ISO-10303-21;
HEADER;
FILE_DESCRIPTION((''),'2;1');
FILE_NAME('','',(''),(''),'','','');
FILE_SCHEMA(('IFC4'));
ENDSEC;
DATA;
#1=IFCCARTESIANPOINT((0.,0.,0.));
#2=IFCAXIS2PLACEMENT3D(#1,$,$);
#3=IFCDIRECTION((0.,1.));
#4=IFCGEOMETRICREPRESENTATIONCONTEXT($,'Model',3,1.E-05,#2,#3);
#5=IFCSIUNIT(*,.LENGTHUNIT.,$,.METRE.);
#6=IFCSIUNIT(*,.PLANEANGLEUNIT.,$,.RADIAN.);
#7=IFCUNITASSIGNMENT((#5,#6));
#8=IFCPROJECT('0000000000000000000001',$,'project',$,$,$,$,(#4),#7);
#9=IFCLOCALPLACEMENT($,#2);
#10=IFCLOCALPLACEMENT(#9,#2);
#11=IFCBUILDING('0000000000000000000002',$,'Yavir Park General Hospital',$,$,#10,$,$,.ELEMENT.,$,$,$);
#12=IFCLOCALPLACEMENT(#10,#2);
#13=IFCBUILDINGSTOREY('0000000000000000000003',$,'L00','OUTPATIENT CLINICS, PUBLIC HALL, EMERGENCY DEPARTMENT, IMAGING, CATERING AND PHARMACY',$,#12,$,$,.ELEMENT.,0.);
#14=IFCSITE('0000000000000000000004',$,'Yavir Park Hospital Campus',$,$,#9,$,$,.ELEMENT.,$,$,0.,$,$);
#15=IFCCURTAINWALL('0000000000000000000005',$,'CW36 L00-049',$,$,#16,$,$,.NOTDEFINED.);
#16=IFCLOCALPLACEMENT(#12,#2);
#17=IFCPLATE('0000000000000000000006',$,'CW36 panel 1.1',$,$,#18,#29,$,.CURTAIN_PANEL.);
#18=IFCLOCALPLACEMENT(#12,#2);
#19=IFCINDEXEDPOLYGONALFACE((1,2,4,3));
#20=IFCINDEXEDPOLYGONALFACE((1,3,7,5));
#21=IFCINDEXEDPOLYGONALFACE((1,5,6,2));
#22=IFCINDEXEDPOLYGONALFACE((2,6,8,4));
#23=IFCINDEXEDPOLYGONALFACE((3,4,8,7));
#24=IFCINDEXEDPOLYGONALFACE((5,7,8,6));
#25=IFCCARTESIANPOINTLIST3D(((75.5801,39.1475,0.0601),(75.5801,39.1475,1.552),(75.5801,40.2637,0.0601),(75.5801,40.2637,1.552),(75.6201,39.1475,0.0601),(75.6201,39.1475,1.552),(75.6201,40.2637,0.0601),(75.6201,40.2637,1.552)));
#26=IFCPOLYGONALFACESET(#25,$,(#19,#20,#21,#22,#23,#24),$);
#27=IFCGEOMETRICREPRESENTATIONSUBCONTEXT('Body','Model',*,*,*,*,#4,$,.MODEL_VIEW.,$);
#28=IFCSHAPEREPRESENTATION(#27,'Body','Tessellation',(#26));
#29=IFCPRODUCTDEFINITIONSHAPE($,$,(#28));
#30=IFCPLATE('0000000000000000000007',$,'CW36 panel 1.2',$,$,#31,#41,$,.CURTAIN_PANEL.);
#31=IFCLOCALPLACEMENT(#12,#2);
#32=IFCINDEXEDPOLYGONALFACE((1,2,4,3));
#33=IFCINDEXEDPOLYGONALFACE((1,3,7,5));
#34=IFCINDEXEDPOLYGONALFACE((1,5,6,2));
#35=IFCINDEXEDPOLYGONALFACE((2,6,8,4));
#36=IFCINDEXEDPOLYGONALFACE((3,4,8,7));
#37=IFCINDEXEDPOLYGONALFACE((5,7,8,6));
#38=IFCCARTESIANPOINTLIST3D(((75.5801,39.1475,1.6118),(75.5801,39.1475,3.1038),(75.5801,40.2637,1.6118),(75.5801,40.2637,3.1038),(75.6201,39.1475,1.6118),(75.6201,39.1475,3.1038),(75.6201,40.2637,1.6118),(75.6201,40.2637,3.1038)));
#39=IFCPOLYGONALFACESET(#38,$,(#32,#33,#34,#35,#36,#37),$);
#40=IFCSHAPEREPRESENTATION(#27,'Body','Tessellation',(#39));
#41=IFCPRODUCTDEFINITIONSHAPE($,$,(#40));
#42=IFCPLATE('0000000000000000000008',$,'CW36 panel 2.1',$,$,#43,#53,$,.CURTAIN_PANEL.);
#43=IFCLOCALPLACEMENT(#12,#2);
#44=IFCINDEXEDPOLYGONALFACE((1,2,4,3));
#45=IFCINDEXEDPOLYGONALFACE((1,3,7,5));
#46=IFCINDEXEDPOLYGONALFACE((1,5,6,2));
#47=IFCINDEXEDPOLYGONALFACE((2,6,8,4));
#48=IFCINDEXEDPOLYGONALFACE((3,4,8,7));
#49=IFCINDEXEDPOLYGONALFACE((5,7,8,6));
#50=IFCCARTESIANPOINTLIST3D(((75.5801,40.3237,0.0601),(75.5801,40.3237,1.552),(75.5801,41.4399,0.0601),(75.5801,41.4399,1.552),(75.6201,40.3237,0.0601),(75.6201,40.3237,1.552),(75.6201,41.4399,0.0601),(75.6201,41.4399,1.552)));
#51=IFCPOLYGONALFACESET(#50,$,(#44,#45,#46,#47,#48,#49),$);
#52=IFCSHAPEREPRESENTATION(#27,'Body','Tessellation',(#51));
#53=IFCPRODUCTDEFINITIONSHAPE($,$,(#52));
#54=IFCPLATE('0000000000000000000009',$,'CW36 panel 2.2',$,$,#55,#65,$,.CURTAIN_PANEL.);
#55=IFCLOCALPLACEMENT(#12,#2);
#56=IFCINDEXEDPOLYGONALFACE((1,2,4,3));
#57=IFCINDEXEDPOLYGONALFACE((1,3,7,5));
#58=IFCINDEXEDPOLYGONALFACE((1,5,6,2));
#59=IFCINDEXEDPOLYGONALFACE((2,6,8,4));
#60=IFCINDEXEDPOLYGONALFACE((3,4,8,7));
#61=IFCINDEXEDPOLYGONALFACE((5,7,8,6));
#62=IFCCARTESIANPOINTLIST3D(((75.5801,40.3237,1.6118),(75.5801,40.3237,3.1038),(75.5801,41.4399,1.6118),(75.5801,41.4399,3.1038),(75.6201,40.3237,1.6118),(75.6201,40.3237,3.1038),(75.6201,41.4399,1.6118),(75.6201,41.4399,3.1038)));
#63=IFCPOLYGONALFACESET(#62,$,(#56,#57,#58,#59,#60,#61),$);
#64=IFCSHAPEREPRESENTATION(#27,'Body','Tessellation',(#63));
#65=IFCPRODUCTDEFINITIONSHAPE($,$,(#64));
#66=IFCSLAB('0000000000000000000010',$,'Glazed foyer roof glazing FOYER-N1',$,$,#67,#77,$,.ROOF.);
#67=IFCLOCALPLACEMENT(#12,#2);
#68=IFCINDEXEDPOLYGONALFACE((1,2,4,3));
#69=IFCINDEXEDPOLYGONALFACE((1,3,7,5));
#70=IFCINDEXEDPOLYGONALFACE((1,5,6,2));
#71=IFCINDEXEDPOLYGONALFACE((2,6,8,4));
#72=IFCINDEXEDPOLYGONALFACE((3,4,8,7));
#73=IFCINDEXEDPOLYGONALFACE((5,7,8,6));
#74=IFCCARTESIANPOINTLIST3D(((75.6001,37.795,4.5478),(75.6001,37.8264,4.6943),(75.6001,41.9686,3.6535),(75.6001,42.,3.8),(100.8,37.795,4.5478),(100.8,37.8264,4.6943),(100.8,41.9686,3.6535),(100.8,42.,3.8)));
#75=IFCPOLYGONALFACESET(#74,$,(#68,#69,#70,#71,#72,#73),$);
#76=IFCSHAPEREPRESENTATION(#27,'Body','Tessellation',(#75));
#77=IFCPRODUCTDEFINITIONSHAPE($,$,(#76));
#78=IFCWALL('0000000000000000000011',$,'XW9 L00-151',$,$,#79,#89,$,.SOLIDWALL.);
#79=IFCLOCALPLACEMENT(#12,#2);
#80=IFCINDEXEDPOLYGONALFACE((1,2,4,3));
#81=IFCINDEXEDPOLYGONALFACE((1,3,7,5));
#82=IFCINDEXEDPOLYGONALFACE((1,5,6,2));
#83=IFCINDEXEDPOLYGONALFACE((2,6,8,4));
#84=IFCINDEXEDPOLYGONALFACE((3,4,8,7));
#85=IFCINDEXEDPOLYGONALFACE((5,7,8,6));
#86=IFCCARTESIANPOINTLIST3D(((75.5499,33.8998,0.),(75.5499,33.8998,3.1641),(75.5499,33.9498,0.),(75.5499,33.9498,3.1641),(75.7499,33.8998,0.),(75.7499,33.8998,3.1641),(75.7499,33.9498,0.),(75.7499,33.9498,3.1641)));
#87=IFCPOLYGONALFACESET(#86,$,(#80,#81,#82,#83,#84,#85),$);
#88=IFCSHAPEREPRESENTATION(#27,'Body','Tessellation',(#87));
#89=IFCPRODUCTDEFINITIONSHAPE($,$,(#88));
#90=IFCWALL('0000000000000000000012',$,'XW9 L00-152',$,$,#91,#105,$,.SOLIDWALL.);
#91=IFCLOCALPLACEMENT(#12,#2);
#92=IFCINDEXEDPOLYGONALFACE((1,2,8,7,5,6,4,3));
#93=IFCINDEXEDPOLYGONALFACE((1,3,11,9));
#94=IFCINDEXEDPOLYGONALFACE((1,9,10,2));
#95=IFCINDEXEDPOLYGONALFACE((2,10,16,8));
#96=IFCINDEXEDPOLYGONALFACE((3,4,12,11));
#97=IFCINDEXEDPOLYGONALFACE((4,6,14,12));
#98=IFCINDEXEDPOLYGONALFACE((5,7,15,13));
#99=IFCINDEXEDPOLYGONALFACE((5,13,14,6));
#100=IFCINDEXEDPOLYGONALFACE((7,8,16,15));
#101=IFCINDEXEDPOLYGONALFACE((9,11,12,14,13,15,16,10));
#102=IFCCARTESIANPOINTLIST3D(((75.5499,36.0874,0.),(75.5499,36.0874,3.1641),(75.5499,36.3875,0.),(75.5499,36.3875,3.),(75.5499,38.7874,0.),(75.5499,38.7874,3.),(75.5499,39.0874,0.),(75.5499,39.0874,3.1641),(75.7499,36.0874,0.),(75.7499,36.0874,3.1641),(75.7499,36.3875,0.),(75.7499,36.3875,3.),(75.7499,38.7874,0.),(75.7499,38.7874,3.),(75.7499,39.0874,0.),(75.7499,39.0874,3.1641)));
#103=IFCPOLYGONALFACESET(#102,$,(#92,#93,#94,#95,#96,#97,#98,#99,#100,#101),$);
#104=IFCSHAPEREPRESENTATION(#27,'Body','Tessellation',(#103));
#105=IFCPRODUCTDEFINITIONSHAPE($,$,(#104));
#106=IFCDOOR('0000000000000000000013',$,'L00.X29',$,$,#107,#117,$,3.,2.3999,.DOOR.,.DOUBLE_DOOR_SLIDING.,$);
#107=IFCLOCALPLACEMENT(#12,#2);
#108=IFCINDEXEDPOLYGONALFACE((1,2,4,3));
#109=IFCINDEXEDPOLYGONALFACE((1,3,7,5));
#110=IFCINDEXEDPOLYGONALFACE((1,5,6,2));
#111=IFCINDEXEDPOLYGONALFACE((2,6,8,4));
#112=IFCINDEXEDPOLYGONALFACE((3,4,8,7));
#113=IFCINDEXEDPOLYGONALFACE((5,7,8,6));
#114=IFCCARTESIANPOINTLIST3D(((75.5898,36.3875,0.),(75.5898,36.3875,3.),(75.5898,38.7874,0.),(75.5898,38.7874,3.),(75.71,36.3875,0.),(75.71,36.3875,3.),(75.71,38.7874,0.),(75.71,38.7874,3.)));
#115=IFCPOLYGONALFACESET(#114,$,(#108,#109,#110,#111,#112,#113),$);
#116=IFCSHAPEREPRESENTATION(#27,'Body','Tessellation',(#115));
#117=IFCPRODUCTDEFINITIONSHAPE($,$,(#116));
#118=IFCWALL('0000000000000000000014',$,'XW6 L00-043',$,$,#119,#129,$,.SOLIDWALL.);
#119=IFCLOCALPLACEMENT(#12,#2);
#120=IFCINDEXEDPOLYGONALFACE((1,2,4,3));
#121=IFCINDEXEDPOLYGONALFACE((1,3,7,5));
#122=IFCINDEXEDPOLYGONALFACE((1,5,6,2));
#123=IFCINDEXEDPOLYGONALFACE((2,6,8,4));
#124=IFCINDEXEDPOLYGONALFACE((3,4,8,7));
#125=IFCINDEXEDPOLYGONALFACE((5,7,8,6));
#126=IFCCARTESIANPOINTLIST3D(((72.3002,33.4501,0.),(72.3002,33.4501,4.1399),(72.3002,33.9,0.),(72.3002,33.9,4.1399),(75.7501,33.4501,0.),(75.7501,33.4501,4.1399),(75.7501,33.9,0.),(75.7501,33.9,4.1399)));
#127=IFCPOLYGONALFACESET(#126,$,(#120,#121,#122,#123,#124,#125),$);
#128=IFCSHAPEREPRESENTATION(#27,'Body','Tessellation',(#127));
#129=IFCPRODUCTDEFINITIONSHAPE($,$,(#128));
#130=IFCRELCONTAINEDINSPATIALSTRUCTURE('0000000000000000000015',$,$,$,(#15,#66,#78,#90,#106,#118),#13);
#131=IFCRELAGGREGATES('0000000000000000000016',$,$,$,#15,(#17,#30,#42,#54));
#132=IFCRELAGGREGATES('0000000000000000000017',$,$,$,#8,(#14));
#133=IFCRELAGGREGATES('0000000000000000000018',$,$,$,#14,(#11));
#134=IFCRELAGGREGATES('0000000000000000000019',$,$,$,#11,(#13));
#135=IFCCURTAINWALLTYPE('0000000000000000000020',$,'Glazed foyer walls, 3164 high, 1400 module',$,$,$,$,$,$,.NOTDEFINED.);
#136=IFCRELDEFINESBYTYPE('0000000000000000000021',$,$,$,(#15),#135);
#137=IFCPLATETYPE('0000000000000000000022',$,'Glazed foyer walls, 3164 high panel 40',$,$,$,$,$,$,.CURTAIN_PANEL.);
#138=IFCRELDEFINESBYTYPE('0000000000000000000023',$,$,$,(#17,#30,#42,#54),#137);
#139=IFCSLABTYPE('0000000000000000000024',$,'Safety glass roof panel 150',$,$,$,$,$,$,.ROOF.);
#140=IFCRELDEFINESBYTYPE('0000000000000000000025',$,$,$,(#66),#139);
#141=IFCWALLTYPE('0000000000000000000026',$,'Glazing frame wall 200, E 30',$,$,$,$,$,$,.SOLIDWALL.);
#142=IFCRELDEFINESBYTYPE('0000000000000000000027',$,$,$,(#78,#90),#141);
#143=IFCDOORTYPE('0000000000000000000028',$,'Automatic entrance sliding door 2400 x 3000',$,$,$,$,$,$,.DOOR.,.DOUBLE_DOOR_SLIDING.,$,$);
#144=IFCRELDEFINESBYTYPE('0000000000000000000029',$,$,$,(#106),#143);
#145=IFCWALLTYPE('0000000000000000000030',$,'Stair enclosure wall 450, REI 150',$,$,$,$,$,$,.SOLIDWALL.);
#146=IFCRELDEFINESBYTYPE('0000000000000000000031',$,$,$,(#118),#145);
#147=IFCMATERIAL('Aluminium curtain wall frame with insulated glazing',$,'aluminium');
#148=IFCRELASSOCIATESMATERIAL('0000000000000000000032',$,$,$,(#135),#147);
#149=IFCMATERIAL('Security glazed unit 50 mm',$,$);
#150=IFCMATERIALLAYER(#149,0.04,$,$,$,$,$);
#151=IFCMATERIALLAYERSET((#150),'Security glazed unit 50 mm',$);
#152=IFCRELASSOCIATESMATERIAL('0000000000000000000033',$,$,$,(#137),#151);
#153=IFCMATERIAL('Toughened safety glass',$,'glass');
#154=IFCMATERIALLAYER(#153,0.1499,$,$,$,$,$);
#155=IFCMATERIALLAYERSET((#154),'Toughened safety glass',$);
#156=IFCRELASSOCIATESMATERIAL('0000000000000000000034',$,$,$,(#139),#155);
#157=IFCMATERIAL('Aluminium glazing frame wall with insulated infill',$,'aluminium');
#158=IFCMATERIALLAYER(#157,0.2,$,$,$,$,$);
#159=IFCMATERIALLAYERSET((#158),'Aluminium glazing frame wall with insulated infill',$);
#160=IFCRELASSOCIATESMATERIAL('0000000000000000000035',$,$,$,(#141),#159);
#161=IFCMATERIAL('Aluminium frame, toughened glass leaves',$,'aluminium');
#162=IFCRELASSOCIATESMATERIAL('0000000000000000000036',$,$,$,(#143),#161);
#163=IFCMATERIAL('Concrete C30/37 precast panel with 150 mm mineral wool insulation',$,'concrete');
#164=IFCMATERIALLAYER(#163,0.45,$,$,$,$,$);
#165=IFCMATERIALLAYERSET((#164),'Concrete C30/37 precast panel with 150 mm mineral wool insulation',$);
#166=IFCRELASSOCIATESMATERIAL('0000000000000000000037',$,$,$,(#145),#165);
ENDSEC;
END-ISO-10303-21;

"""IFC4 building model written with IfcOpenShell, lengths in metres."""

from ifc_helpers import new_model, si_unit, direction, frame, frame_2d, origin, origin_2d, place, context, subcontext, project, spatial, polyline, rectangle, outline, extrude, material, layer, layer_set, type_object, element, fill, aggregate, save


model = new_model("IFC4")

# Units and contexts
model_context = context("Model", 3, precision=1e-05, world=origin(), true_north=direction((0.0, 1.0)))
body_context = subcontext(model_context, "Body", "Model", "MODEL_VIEW")
ifc_project = project(units=[si_unit("LENGTHUNIT", "METRE"), si_unit("PLANEANGLEUNIT", "RADIAN")], contexts=[model_context])

# Site, building, storey
site_placement = place(None, origin())
site = spatial("IfcSite", under=ifc_project, at=site_placement, Name="Yavir Park Hospital Campus", CompositionType="ELEMENT", RefElevation=0.0)
building_placement = place(site_placement, origin())
building = spatial("IfcBuilding", under=site, at=building_placement, Name="Yavir Park General Hospital", CompositionType="ELEMENT")
storey_placement = place(building_placement, origin())
storey = spatial("IfcBuildingStorey", under=building, at=storey_placement, Name="L00", Description="OUTPATIENT CLINICS, PUBLIC HALL, EMERGENCY DEPARTMENT, IMAGING, CATERING AND PHARMACY", CompositionType="ELEMENT", Elevation=0.0)

# Curtain wall
ifc_material_1 = material(Name="Aluminium curtain wall frame with insulated glazing", Category="aluminium")
curtain_wall_type = type_object("IfcCurtainWallType", Name="Glazed foyer walls, 3164 high, 1400 module", PredefinedType="NOTDEFINED", material=ifc_material_1)
curtain_wall_1_placement = place(storey_placement, origin())
curtain_wall_1 = element("IfcCurtainWall", 1, at=curtain_wall_1_placement, inside=storey, type_object=curtain_wall_type, Name="CW36 L00-049", PredefinedType="NOTDEFINED")

# Plates
ifc_material_2 = material(Name="Security glazed unit 50 mm")
ifc_layer_1 = layer(ifc_material_2, 0.04)
ifc_layer_set_1 = layer_set([ifc_layer_1], Name="Security glazed unit 50 mm")
plate_type = type_object("IfcPlateType", Name="Glazed foyer walls, 3164 high panel 40", PredefinedType="CURTAIN_PANEL", material=ifc_layer_set_1)
plate_1_placement = place(storey_placement, frame((75.6001, 39.7056, 0.0601), z_axis=(0.0, 0.0, 1.0), x_axis=(0.0, 1.0, 0.0)))
plate_1 = element("IfcPlate", 2, at=plate_1_placement, type_object=plate_type, Name="CW36 panel 1.1", PredefinedType="CURTAIN_PANEL", context=body_context, shape_type="SweptSolid", body=[
    extrude(rectangle(XDim=1.1162, YDim=0.04, at=origin_2d()), origin(), (0.0, 0.0, 1.0), 1.4919),
])
plate_2_placement = place(storey_placement, frame((75.6001, 39.7056, 1.6118), z_axis=(0.0, 0.0, 1.0), x_axis=(0.0, 1.0, 0.0)))
plate_2 = element("IfcPlate", 3, at=plate_2_placement, type_object=plate_type, Name="CW36 panel 1.2", PredefinedType="CURTAIN_PANEL", context=body_context, shape_type="SweptSolid", body=[
    extrude(rectangle(XDim=1.1162, YDim=0.04, at=origin_2d()), origin(), (0.0, 0.0, 1.0), 1.4919),
])
plate_3_placement = place(storey_placement, frame((75.6001, 40.8818, 0.0601), z_axis=(0.0, 0.0, 1.0), x_axis=(0.0, 1.0, 0.0)))
plate_3 = element("IfcPlate", 4, at=plate_3_placement, type_object=plate_type, Name="CW36 panel 2.1", PredefinedType="CURTAIN_PANEL", context=body_context, shape_type="SweptSolid", body=[
    extrude(rectangle(XDim=1.1162, YDim=0.04, at=origin_2d()), origin(), (0.0, 0.0, 1.0), 1.4919),
])
plate_4_placement = place(storey_placement, frame((75.6001, 40.8818, 1.6118), z_axis=(0.0, 0.0, 1.0), x_axis=(0.0, 1.0, 0.0)))
plate_4 = element("IfcPlate", 5, at=plate_4_placement, type_object=plate_type, Name="CW36 panel 2.2", PredefinedType="CURTAIN_PANEL", context=body_context, shape_type="SweptSolid", body=[
    extrude(rectangle(XDim=1.1162, YDim=0.04, at=origin_2d()), origin(), (0.0, 0.0, 1.0), 1.4919),
])
aggregate(curtain_wall_1, [plate_1, plate_2, plate_3, plate_4])

# Slab
ifc_material_3 = material(Name="Toughened safety glass", Category="glass")
ifc_layer_2 = layer(ifc_material_3, 0.1499)
ifc_layer_set_2 = layer_set([ifc_layer_2], Name="Toughened safety glass")
slab_type = type_object("IfcSlabType", Name="Safety glass roof panel 150", PredefinedType="ROOF", material=ifc_layer_set_2)
slab_placement = place(storey_placement, frame((75.6001, 37.8264, 4.6943), z_axis=(0.0, 0.209517, 0.977805), x_axis=(1.0, 0.0, 0.0)))
element("IfcSlab", 6, at=slab_placement, inside=storey, type_object=slab_type, Name="Glazed foyer roof glazing FOYER-N1", PredefinedType="ROOF", context=body_context, shape_type="SweptSolid", body=[
    extrude(outline(polyline([(0.0, 0.0), (25.2, 0.0), (25.2, 4.2683), (0.0, 4.2683), (0.0, 0.0)])), origin(), (0.0, 0.0, -1.0), 0.1499),
])

# Wall
ifc_material_4 = material(Name="Aluminium glazing frame wall with insulated infill", Category="aluminium")
ifc_layer_3 = layer(ifc_material_4, 0.2)
ifc_layer_set_3 = layer_set([ifc_layer_3], Name="Aluminium glazing frame wall with insulated infill")
wall_type_1 = type_object("IfcWallType", Name="Glazing frame wall 200, E 30", PredefinedType="SOLIDWALL", material=ifc_layer_set_3)
wall_1_placement = place(storey_placement, frame((75.6499, 33.8999, 0.0), z_axis=(0.0, 0.0, 1.0), x_axis=(0.0, 1.0, 0.0)))
element("IfcWall", 7, at=wall_1_placement, inside=storey, type_object=wall_type_1, Name="XW9 L00-151", PredefinedType="SOLIDWALL", context=body_context, shape_type="SweptSolid", body=[
    extrude(rectangle(XDim=0.05, YDim=0.2, at=frame_2d((0.0249, 0.0))), origin(), (0.0, 0.0, 1.0), 3.1641),
])

# Wall, opening, door
wall_2_placement = place(storey_placement, frame((75.6499, 36.0874, 0.0), z_axis=(0.0, 0.0, 1.0), x_axis=(0.0, 1.0, 0.0)))
wall_2 = element("IfcWall", 8, at=wall_2_placement, inside=storey, type_object=wall_type_1, Name="XW9 L00-152", PredefinedType="SOLIDWALL", context=body_context, shape_type="SweptSolid", body=[
    extrude(rectangle(XDim=3.0, YDim=0.2, at=frame_2d((1.5, 0.0))), origin(), (0.0, 0.0, 1.0), 3.1641),
])
opening_placement = place(wall_2_placement, frame((0.3, 0.0, 0.0)))
opening = element("IfcOpeningElement", 9, at=opening_placement, cuts=wall_2, PredefinedType="OPENING", context=body_context, shape_type="SweptSolid", body=[
    extrude(rectangle(XDim=2.3999, YDim=3.0, at=frame_2d((1.2, 1.5))), frame((0.0, 0.1099, 0.0), z_axis=(0.0, -1.0, 0.0), x_axis=(1.0, 0.0, 0.0)), (0.0, 0.0, 1.0), 0.22),
])
ifc_material_5 = material(Name="Aluminium frame, toughened glass leaves", Category="aluminium")
door_type = type_object("IfcDoorType", Name="Automatic entrance sliding door 2400 x 3000", OperationType="DOUBLE_DOOR_SLIDING", PredefinedType="DOOR", material=ifc_material_5)
door_placement = place(opening_placement, origin())
door = element("IfcDoor", 10, at=door_placement, inside=storey, type_object=door_type, Name="L00.X29", OperationType="DOUBLE_DOOR_SLIDING", OverallHeight=3.0, OverallWidth=2.3999, PredefinedType="DOOR", context=body_context, shape_type="SweptSolid", body=[
    extrude(rectangle(XDim=2.3999, YDim=3.0, at=frame_2d((1.2, 1.5))), frame((0.0, 0.0601, 0.0), z_axis=(0.0, -1.0, 0.0), x_axis=(1.0, 0.0, 0.0)), (0.0, 0.0, 1.0), 0.1201),
])
fill(opening, door)

# Wall
ifc_material_6 = material(Name="Concrete C30/37 precast panel with 150 mm mineral wool insulation", Category="concrete")
ifc_layer_4 = layer(ifc_material_6, 0.45)
ifc_layer_set_4 = layer_set([ifc_layer_4], Name="Concrete C30/37 precast panel with 150 mm mineral wool insulation")
wall_type_2 = type_object("IfcWallType", Name="Stair enclosure wall 450, REI 150", PredefinedType="SOLIDWALL", material=ifc_layer_set_4)
wall_3_placement = place(storey_placement, frame((72.3, 33.675, 0.0), z_axis=(0.0, 0.0, 1.0), x_axis=(1.0, 0.0, 0.0)))
element("IfcWall", 11, at=wall_3_placement, inside=storey, type_object=wall_type_2, Name="XW6 L00-043", PredefinedType="SOLIDWALL", context=body_context, shape_type="SweptSolid", body=[
    extrude(rectangle(XDim=3.45, YDim=0.45, at=frame_2d((1.7251, 0.0))), origin(), (0.0, 0.0, 1.0), 4.1399),
])

save(model, "model.ifc")
